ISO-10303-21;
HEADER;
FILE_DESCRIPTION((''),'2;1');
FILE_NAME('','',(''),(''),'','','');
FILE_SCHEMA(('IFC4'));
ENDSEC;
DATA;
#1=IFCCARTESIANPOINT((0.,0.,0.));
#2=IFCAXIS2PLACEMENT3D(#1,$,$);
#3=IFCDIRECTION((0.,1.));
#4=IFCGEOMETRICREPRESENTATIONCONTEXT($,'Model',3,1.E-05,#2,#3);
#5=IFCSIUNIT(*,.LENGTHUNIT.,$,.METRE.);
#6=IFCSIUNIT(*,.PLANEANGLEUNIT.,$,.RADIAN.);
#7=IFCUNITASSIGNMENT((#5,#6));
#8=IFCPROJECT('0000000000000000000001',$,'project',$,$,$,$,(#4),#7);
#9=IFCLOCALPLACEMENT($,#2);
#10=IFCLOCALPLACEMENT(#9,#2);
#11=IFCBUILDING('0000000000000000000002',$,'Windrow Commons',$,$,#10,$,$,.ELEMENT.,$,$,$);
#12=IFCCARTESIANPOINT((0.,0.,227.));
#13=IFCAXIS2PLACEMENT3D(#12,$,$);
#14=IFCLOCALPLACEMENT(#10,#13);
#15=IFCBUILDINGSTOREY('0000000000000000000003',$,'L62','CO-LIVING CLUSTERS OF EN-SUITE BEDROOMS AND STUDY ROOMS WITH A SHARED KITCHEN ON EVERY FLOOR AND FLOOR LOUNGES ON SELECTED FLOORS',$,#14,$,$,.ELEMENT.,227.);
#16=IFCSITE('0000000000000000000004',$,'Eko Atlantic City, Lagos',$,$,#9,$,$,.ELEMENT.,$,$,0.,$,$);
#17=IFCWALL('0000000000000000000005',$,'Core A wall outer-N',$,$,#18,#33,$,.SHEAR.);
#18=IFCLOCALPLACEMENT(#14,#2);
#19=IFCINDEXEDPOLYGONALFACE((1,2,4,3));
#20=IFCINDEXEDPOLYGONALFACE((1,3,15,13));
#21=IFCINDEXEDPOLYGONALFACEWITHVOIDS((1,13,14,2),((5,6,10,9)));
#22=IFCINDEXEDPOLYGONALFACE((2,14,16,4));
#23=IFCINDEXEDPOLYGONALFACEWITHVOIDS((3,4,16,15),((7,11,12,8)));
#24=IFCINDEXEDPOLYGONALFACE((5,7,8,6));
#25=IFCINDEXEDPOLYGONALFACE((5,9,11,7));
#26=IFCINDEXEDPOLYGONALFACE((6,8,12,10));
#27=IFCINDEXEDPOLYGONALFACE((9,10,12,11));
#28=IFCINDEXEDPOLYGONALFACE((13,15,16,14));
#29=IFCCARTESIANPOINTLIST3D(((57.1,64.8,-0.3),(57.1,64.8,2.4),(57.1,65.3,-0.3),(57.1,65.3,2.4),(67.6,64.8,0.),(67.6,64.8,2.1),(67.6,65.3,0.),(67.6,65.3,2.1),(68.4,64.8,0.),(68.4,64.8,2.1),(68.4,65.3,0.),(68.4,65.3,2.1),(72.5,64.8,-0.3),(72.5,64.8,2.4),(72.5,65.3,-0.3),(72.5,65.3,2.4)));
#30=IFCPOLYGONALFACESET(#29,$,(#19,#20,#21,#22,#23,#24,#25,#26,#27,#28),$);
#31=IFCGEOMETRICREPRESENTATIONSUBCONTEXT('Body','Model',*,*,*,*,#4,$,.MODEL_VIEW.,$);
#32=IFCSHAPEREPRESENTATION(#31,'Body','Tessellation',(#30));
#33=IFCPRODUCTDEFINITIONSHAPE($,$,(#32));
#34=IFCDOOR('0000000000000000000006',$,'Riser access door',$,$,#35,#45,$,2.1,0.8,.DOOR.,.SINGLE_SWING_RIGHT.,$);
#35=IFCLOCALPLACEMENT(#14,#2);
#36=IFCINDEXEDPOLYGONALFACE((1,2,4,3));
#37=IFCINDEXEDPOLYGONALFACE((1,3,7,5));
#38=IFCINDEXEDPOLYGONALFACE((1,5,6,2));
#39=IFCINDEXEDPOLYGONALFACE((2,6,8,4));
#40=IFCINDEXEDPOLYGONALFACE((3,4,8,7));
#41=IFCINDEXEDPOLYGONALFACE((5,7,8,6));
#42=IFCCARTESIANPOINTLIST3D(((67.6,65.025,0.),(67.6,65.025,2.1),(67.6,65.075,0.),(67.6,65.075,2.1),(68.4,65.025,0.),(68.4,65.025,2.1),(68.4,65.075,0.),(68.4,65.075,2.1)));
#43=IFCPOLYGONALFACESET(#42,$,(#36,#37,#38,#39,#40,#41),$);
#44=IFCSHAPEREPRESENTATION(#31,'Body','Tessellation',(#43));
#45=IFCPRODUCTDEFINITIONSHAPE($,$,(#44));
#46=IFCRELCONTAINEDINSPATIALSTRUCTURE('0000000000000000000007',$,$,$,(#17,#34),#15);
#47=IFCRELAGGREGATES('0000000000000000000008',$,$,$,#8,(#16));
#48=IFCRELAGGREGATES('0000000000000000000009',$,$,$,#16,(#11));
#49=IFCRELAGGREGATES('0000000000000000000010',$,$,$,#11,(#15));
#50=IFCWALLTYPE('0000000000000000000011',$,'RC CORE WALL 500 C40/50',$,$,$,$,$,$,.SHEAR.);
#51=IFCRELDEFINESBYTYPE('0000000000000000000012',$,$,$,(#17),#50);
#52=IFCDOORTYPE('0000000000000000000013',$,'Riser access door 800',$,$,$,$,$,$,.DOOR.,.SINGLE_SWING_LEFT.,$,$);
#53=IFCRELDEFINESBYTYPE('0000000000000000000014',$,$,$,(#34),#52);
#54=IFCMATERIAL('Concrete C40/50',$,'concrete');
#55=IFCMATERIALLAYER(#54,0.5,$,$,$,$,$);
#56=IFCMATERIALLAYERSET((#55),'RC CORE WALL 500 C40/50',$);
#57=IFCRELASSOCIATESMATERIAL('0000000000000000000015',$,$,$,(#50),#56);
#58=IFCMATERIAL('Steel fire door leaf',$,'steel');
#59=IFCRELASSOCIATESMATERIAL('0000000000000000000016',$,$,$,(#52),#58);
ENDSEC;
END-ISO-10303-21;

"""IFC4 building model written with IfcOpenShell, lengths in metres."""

from ifc_helpers import new_model, si_unit, direction, frame, frame_2d, origin, place, context, subcontext, project, spatial, rectangle, extrude, material, layer, layer_set, type_object, element, fill, save


model = new_model("IFC4")

# Units and contexts
model_context = context("Model", 3, precision=1e-05, world=origin(), true_north=direction((0.0, 1.0)))
body_context = subcontext(model_context, "Body", "Model", "MODEL_VIEW")
ifc_project = project(units=[si_unit("LENGTHUNIT", "METRE"), si_unit("PLANEANGLEUNIT", "RADIAN")], contexts=[model_context])

# Site, building, storey
site_placement = place(None, origin())
site = spatial("IfcSite", under=ifc_project, at=site_placement, Name="Eko Atlantic City, Lagos", CompositionType="ELEMENT", RefElevation=0.0)
building_placement = place(site_placement, origin())
building = spatial("IfcBuilding", under=site, at=building_placement, Name="Windrow Commons", CompositionType="ELEMENT")
storey_placement = place(building_placement, frame((0.0, 0.0, 227.0)))
storey = spatial("IfcBuildingStorey", under=building, at=storey_placement, Name="L62", Description="CO-LIVING CLUSTERS OF EN-SUITE BEDROOMS AND STUDY ROOMS WITH A SHARED KITCHEN ON EVERY FLOOR AND FLOOR LOUNGES ON SELECTED FLOORS", CompositionType="ELEMENT", Elevation=227.0)

# Wall, opening, door
ifc_material_1 = material(Name="Concrete C40/50", Category="concrete")
ifc_layer_1 = layer(ifc_material_1, 0.5)
ifc_layer_set_1 = layer_set([ifc_layer_1], Name="RC CORE WALL 500 C40/50")
wall_type_1 = type_object("IfcWallType", Name="RC CORE WALL 500 C40/50", PredefinedType="SHEAR", material=ifc_layer_set_1)
wall_1_placement = place(storey_placement, frame((57.1, 65.05, -0.3), z_axis=(0.0, 0.0, 1.0), x_axis=(1.0, 0.0, 0.0)))
wall_1 = element("IfcWall", 1, at=wall_1_placement, inside=storey, type_object=wall_type_1, Name="Core A wall outer-N", PredefinedType="SHEAR", context=body_context, shape_type="SweptSolid", body=[
    extrude(rectangle(XDim=15.4, YDim=0.5, at=frame_2d((7.7, 0.0))), origin(), (0.0, 0.0, 1.0), 2.7),
])
opening_1_placement = place(wall_1_placement, frame((10.5, 0.0, 0.3)))
opening_1 = element("IfcOpeningElement", 2, at=opening_1_placement, cuts=wall_1, PredefinedType="OPENING", context=body_context, shape_type="SweptSolid", body=[
    extrude(rectangle(XDim=0.8, YDim=2.1, at=frame_2d((0.4, 1.05))), frame((0.0, 0.26, 0.0), z_axis=(0.0, -1.0, 0.0), x_axis=(1.0, 0.0, 0.0)), (0.0, 0.0, 1.0), 0.52),
])
ifc_material_2 = material(Name="Steel fire door leaf", Category="steel")
door_type_1 = type_object("IfcDoorType", Name="Riser access door 800", OperationType="SINGLE_SWING_LEFT", PredefinedType="DOOR", material=ifc_material_2)
door_1_placement = place(opening_1_placement, origin())
door_1 = element("IfcDoor", 3, at=door_1_placement, inside=storey, type_object=door_type_1, Name="Riser access door", OperationType="SINGLE_SWING_RIGHT", OverallHeight=2.1, OverallWidth=0.8, PredefinedType="DOOR", context=body_context, shape_type="SweptSolid", body=[
    extrude(rectangle(XDim=0.8, YDim=2.1, at=frame_2d((0.4, 1.05))), frame((0.0, 0.025, 0.0), z_axis=(0.0, -1.0, 0.0), x_axis=(1.0, 0.0, 0.0)), (0.0, 0.0, 1.0), 0.05),
])
fill(opening_1, door_1)

save(model, "model.ifc")
